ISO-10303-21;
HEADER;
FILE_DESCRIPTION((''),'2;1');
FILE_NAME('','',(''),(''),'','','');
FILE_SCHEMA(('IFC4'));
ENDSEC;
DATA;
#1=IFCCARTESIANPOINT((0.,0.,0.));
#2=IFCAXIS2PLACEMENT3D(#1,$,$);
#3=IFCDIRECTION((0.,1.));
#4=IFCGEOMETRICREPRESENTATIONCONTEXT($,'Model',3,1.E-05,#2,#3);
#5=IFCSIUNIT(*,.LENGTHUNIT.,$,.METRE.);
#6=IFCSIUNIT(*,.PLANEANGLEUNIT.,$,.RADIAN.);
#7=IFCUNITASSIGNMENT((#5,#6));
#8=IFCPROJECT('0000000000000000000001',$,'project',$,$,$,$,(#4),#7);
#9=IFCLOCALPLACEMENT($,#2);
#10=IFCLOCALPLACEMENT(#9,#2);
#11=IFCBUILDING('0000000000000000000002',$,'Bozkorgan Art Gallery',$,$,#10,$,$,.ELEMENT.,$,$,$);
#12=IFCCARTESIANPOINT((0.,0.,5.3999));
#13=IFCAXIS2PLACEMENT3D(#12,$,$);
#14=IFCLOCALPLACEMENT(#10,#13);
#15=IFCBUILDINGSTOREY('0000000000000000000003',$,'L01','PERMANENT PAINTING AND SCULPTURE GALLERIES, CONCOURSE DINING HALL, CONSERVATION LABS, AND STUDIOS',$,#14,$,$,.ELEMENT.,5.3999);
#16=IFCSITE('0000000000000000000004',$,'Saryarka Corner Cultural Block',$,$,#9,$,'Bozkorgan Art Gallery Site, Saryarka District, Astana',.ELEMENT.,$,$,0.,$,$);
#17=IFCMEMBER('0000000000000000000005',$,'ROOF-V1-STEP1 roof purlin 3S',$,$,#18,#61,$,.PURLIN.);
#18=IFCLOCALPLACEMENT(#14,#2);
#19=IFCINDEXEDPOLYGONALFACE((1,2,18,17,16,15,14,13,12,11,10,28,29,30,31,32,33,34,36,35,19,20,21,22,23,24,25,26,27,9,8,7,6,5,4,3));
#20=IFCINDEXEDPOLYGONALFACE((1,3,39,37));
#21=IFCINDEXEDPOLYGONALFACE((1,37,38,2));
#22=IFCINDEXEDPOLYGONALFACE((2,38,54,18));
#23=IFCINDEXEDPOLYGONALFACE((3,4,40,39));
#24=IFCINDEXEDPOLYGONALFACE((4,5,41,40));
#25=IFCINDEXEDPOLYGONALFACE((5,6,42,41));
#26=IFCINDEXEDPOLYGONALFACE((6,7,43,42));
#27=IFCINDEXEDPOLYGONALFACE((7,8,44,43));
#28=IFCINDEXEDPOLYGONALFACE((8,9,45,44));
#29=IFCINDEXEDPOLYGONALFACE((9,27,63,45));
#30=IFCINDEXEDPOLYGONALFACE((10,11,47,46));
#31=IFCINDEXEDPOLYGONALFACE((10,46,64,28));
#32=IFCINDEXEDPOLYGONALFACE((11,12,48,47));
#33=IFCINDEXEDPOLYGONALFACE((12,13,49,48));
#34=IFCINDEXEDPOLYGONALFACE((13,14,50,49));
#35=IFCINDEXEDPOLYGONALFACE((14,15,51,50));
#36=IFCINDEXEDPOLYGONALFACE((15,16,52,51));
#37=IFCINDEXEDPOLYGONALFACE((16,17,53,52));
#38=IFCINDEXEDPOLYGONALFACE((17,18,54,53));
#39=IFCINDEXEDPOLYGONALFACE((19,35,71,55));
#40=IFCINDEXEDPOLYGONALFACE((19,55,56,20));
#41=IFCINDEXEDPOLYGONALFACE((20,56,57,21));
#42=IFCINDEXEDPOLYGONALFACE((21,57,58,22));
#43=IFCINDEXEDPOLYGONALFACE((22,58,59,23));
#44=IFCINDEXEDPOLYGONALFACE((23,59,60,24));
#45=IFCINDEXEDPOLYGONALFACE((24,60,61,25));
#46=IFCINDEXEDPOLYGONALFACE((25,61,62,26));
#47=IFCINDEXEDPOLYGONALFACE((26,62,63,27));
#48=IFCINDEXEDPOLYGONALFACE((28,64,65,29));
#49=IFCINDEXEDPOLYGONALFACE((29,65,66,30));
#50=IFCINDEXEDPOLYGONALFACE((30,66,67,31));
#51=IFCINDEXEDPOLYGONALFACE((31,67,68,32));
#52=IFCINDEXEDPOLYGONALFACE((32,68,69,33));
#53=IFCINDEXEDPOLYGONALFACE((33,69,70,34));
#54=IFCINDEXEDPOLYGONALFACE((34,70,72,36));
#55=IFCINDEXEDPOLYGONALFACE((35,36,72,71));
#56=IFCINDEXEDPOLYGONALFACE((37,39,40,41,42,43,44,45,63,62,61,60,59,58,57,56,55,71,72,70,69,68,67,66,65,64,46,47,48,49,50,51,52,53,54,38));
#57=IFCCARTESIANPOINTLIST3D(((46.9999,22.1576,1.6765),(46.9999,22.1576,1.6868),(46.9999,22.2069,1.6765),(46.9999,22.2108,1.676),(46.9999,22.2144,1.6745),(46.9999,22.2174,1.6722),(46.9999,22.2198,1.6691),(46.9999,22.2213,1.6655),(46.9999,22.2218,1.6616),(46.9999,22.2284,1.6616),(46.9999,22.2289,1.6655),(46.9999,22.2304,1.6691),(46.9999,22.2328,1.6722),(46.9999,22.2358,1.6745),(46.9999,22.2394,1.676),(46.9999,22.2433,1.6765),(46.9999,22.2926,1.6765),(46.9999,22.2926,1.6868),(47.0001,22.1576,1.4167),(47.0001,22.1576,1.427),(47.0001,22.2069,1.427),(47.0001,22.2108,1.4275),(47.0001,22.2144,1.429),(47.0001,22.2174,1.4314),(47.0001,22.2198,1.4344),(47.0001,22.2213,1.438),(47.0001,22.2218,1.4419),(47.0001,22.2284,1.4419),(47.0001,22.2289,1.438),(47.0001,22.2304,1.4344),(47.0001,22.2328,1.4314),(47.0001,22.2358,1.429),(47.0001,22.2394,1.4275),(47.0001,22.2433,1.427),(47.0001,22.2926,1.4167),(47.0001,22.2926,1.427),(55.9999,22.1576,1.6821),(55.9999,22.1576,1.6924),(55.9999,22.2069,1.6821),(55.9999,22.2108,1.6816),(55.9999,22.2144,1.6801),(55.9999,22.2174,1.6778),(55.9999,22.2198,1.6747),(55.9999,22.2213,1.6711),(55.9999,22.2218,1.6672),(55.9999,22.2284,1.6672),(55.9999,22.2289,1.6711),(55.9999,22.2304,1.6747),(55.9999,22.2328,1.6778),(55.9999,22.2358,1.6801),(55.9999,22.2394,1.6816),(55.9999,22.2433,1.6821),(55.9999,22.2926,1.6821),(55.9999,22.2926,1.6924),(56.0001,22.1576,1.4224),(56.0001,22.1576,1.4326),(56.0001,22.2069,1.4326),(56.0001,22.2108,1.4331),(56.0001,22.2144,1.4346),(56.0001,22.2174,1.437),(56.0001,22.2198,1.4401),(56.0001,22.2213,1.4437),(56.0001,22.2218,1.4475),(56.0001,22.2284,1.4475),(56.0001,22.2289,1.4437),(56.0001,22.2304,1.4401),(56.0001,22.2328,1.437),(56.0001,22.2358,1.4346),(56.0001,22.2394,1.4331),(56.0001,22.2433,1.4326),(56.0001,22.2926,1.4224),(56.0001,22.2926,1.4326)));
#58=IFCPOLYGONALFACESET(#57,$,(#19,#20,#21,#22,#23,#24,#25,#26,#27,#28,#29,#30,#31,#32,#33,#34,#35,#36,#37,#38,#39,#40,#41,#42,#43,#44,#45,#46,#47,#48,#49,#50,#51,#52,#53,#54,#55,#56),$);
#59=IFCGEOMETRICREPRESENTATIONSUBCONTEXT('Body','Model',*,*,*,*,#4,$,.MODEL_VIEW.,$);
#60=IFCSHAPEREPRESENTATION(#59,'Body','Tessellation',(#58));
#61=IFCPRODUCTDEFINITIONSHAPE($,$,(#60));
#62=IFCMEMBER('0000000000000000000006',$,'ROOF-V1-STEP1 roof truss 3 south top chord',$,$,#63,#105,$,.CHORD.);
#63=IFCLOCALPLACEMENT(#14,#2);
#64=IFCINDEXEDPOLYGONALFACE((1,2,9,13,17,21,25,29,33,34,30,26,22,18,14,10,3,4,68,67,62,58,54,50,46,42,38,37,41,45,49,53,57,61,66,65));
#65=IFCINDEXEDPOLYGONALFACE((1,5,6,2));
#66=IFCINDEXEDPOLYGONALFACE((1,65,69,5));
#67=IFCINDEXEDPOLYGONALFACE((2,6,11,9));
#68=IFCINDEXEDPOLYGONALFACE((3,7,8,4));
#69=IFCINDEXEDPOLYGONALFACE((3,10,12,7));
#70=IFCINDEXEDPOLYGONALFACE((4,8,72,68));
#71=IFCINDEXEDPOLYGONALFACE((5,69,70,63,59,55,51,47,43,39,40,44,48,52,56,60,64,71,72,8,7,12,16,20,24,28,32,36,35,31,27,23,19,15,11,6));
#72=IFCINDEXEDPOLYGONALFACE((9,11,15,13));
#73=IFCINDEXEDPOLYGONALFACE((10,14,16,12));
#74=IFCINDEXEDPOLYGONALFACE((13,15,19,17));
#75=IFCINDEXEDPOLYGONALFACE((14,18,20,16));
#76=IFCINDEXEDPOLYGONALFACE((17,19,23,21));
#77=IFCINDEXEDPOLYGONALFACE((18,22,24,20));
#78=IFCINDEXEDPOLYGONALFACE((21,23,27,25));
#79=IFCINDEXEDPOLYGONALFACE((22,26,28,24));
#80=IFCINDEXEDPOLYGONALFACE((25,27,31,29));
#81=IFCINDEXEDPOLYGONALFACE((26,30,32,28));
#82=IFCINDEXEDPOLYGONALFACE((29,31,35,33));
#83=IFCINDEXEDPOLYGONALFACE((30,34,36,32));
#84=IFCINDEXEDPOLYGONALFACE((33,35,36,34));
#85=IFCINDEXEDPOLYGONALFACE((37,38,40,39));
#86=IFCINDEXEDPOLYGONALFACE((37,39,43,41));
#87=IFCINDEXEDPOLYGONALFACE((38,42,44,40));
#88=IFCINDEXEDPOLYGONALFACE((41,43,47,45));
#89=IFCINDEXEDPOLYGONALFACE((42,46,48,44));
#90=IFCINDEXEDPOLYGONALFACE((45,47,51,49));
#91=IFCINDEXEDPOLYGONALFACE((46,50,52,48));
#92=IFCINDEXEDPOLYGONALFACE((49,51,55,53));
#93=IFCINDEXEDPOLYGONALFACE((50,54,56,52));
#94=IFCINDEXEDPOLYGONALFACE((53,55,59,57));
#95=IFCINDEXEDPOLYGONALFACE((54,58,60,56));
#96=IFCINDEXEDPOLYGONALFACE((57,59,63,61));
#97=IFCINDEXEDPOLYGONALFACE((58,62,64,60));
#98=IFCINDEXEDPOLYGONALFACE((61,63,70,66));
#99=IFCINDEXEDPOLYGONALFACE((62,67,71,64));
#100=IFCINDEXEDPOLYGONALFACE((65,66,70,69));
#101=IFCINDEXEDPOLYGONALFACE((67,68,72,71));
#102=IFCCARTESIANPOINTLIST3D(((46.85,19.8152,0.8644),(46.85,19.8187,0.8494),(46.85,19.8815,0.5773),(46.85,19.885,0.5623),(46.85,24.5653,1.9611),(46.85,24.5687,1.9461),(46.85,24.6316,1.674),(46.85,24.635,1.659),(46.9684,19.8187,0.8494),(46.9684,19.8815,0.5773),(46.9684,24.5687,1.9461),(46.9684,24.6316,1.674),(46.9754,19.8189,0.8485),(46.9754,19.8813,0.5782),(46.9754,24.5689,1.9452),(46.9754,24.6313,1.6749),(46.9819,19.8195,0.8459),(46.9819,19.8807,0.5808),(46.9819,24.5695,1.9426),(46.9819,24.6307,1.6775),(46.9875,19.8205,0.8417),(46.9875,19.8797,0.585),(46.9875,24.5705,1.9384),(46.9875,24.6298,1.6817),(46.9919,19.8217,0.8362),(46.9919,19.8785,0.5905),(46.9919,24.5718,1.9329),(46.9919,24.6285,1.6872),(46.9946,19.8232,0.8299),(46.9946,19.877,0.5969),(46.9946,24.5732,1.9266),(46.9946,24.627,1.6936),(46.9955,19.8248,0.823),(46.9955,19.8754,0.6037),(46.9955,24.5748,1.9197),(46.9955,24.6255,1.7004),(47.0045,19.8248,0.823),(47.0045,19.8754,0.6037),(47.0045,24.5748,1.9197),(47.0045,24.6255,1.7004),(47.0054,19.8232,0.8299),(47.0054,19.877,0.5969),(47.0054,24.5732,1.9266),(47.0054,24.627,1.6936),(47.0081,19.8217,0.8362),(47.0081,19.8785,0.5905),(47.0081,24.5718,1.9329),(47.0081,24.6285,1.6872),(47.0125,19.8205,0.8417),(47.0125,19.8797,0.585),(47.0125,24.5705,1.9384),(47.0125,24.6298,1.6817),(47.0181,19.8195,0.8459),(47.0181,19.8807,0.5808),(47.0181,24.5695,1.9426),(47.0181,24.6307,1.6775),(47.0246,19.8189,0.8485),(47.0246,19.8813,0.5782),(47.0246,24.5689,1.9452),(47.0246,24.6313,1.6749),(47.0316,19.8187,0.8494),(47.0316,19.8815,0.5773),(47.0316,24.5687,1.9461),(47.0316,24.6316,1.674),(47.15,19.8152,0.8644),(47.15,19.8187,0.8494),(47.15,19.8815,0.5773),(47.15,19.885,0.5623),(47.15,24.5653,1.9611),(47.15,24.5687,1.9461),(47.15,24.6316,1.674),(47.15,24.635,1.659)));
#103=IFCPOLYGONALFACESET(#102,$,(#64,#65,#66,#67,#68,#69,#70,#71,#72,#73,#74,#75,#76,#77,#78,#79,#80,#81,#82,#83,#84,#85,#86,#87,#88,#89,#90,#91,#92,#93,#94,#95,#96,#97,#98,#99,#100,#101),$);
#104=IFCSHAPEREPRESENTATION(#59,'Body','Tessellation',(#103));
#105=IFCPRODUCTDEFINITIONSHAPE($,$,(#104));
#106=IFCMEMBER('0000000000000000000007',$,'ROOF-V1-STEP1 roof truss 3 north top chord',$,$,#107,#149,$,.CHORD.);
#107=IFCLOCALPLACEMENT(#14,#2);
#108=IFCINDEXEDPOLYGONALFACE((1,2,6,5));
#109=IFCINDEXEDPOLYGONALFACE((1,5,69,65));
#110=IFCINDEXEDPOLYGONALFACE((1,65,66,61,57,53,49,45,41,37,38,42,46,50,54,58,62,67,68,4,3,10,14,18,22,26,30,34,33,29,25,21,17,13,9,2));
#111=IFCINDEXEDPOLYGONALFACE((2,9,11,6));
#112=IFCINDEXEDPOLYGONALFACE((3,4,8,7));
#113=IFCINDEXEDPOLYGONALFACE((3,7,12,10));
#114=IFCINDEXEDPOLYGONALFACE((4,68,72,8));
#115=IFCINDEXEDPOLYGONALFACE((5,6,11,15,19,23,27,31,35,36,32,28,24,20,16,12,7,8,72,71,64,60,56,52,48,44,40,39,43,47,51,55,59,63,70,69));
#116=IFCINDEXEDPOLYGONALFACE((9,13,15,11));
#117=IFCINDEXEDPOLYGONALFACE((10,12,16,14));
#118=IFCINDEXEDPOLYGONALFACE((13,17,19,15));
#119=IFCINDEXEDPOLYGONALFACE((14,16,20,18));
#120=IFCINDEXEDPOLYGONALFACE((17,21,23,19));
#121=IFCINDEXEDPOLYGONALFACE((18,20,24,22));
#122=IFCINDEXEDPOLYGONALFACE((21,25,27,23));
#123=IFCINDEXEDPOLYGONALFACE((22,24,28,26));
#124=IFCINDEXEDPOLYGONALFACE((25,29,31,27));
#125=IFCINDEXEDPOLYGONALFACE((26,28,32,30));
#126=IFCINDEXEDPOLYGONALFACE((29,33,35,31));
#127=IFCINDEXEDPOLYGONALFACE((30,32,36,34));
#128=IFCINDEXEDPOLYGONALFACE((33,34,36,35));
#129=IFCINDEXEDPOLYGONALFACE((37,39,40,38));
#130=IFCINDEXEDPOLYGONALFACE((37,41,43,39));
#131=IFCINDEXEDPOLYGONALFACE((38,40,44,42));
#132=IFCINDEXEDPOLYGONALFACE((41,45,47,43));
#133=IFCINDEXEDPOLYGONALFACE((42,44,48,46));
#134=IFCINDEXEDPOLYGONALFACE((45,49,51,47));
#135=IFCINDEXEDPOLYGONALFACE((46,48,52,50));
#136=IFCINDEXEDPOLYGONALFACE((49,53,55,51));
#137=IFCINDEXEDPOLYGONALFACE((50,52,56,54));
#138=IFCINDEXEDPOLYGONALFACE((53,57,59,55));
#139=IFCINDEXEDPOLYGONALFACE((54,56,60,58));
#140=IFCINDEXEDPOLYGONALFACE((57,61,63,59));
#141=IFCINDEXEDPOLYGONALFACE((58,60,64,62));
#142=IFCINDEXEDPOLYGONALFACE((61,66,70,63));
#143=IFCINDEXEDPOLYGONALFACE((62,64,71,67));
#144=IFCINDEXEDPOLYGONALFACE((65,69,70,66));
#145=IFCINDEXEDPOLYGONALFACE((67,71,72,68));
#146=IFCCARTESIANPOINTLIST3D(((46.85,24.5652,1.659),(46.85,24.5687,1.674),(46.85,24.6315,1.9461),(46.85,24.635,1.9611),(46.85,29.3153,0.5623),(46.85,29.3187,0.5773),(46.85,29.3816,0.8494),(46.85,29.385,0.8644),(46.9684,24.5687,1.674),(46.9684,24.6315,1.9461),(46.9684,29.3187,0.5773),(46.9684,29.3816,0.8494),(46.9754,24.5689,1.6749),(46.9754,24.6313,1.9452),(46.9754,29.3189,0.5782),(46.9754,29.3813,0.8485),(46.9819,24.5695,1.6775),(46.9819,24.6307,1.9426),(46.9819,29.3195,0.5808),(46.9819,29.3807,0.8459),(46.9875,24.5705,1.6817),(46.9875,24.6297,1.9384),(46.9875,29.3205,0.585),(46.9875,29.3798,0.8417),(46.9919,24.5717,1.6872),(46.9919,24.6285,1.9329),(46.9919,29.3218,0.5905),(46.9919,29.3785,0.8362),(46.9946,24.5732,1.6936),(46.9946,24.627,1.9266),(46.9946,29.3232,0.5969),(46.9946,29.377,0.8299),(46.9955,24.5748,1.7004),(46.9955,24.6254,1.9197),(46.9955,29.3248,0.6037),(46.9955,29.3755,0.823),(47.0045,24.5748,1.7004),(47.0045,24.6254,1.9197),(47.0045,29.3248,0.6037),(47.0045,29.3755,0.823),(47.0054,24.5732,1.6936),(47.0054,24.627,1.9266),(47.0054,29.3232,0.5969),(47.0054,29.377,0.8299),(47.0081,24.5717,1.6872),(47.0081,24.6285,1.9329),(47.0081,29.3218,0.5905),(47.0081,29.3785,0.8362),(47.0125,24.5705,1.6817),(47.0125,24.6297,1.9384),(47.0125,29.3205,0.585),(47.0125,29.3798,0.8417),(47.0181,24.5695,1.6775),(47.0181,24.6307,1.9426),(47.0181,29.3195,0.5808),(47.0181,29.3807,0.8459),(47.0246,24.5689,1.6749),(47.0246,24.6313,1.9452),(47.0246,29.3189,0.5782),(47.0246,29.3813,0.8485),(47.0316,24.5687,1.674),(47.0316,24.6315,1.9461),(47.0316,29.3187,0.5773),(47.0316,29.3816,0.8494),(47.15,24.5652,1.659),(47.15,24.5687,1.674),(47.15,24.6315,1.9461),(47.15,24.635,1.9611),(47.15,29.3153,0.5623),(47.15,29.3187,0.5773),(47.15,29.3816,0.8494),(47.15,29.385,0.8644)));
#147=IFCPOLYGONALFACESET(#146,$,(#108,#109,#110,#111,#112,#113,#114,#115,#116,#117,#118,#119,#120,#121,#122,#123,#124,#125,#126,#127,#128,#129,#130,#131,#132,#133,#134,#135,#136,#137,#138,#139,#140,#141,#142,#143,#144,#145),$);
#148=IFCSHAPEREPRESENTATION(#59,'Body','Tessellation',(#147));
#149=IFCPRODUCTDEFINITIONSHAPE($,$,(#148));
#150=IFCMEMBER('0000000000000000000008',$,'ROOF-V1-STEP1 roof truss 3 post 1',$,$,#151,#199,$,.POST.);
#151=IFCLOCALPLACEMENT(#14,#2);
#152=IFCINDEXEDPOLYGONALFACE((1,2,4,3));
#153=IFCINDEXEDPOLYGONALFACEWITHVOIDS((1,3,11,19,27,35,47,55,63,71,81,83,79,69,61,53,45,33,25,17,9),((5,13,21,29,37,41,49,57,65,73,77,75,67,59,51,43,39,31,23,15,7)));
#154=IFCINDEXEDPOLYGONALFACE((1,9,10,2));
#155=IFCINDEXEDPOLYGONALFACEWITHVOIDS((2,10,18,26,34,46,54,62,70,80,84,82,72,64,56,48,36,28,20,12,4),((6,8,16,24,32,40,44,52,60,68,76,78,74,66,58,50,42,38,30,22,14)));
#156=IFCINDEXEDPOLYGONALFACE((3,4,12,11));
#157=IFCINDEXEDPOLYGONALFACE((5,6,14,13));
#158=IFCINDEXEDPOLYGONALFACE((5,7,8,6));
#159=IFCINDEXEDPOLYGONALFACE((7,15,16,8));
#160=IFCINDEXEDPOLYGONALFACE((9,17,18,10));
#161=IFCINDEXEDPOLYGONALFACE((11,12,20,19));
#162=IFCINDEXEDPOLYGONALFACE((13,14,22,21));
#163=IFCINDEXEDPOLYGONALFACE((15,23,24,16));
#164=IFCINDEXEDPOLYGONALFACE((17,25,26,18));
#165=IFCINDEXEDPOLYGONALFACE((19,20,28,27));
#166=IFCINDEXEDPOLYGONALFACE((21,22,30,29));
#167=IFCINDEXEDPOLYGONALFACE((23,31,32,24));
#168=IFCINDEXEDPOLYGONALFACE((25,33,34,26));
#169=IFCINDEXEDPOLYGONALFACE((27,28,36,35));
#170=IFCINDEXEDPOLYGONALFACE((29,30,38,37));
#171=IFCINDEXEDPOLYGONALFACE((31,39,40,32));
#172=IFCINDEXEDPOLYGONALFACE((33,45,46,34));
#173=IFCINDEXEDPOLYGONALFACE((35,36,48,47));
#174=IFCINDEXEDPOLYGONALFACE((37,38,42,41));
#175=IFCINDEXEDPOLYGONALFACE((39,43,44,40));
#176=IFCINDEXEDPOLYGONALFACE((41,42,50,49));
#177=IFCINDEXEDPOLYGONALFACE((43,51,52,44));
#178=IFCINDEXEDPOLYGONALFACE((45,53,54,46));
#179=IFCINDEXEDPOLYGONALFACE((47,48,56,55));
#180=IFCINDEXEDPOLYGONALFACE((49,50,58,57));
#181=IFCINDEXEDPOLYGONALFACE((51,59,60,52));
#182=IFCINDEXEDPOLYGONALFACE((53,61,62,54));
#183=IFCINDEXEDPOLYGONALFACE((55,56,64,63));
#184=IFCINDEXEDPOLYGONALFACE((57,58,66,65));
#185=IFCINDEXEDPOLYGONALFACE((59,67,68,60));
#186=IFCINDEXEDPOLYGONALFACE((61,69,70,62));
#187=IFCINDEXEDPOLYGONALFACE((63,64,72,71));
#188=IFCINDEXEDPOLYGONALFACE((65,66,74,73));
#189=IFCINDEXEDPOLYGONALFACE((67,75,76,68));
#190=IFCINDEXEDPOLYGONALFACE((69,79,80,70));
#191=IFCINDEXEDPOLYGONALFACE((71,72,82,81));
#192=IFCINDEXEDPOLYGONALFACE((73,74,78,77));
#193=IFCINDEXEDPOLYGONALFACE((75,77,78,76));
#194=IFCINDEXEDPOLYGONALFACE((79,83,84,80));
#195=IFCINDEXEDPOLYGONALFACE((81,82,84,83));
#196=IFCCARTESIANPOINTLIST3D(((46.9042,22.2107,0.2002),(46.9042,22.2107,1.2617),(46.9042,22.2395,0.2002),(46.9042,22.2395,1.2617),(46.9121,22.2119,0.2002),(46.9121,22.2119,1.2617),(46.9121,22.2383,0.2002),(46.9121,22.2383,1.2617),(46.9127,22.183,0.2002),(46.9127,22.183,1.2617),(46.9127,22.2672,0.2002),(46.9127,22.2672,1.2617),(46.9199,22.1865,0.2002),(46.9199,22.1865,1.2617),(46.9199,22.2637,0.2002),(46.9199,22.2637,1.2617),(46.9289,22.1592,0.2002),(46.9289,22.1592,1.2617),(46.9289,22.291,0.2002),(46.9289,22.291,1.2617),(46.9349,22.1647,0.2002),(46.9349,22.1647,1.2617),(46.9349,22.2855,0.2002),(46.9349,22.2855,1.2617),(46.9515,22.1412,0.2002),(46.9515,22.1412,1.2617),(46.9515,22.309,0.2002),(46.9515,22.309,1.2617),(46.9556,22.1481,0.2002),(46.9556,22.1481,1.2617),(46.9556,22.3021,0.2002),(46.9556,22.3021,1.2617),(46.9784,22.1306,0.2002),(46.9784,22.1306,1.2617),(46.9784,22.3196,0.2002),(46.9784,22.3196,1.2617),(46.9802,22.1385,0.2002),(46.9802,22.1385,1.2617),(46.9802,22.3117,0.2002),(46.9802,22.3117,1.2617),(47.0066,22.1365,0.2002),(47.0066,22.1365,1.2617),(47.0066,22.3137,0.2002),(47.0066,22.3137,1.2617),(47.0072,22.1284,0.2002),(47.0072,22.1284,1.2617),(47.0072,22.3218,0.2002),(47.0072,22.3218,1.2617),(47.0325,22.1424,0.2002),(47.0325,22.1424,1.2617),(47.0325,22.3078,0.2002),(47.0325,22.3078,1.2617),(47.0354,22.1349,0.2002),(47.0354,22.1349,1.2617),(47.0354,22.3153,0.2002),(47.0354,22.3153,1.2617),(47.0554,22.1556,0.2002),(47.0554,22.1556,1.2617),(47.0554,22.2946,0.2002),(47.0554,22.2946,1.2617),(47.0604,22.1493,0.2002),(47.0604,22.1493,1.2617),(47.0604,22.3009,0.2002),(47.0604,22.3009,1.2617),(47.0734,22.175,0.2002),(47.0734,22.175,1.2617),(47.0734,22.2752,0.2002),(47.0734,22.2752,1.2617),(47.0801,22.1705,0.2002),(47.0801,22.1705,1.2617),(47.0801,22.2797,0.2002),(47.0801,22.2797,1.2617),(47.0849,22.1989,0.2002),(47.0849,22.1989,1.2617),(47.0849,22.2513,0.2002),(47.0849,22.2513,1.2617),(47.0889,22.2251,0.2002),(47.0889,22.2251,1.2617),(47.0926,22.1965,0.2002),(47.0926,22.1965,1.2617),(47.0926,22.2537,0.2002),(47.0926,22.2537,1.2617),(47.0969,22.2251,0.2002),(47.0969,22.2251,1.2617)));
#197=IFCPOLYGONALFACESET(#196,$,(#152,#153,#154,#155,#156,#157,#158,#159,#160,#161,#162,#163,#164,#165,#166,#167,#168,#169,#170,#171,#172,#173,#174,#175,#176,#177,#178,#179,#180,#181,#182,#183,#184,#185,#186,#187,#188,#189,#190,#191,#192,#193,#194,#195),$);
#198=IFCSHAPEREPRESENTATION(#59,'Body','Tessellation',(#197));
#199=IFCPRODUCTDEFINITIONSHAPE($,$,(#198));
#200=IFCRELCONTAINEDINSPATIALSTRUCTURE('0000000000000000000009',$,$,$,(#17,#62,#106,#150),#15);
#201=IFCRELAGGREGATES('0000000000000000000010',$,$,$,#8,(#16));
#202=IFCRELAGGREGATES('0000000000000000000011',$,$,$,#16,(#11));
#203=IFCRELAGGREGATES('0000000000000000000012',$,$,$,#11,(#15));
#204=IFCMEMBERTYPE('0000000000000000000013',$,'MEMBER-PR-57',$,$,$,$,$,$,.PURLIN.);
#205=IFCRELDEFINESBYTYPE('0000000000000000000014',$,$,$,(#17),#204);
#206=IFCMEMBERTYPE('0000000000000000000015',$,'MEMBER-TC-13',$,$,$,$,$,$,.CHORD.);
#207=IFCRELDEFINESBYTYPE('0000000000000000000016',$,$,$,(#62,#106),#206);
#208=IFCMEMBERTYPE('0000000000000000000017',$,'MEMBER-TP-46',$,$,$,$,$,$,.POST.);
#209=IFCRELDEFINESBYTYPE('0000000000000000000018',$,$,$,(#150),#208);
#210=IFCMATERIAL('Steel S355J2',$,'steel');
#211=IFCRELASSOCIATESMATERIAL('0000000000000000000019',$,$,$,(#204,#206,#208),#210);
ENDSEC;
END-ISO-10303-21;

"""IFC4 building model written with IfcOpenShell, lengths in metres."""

from ifc_helpers import new_model, si_unit, direction, frame, origin, origin_2d, place, context, subcontext, project, spatial, hollow_circle, i_section, extrude, material, material_profile, profile_set, type_object, element, save


model = new_model("IFC4")

# Units and contexts
model_context = context("Model", 3, precision=1e-05, world=origin(), true_north=direction((0.0, 1.0)))
body_context = subcontext(model_context, "Body", "Model", "MODEL_VIEW")
ifc_project = project(units=[si_unit("LENGTHUNIT", "METRE"), si_unit("PLANEANGLEUNIT", "RADIAN")], contexts=[model_context])

# Site, building, storey
site_placement = place(None, origin())
site = spatial("IfcSite", under=ifc_project, at=site_placement, Name="Saryarka Corner Cultural Block", LongName="Bozkorgan Art Gallery Site, Saryarka District, Astana", CompositionType="ELEMENT", RefElevation=0.0)
building_placement = place(site_placement, origin())
building = spatial("IfcBuilding", under=site, at=building_placement, Name="Bozkorgan Art Gallery", CompositionType="ELEMENT")
storey_placement = place(building_placement, frame((0.0, 0.0, 5.3999)))
storey = spatial("IfcBuildingStorey", under=building, at=storey_placement, Name="L01", Description="PERMANENT PAINTING AND SCULPTURE GALLERIES, CONCOURSE DINING HALL, CONSERVATION LABS, AND STUDIOS", CompositionType="ELEMENT", Elevation=5.3999)

# Members
ifc_material_1 = material(Name="Steel S355J2", Category="steel")
ifc_material_profile_1 = material_profile(ifc_material_1, i_section(OverallWidth=0.135, OverallDepth=0.27, WebThickness=0.0066, FlangeThickness=0.0103, FilletRadius=0.0149, at=origin_2d()), Name="IPE 270")
ifc_profile_set_1 = profile_set([ifc_material_profile_1], Name="Steel S355J2")
member_type_1 = type_object("IfcMemberType", Name="MEMBER-PR-57", PredefinedType="PURLIN", material=ifc_profile_set_1)
member_1_placement = place(storey_placement, frame((47.0, 22.2251, 1.5518), z_axis=(1.0, 0.0, 0.000624), x_axis=(0.0, 1.0, 0.0)))
element("IfcMember", 1, at=member_1_placement, inside=storey, type_object=member_type_1, Name="ROOF-V1-STEP1 roof purlin 3S", PredefinedType="PURLIN", context=body_context, shape_type="SweptSolid", body=[
    extrude(i_section(OverallWidth=0.135, OverallDepth=0.27, WebThickness=0.0066, FlangeThickness=0.0103, FilletRadius=0.0149, at=origin_2d()), origin(), (0.0, 0.0, 1.0), 9.0),
])
ifc_material_profile_2 = material_profile(ifc_material_1, i_section(OverallWidth=0.3, OverallDepth=0.3101, WebThickness=0.009, FlangeThickness=0.0154, FilletRadius=0.0271, at=origin_2d()), Name="HEA 320")
ifc_profile_set_2 = profile_set([ifc_material_profile_2], Name="Steel S355J2")
member_type_2 = type_object("IfcMemberType", Name="MEMBER-TC-13", PredefinedType="CHORD", material=ifc_profile_set_2)
for number, where, z_axis, x_axis, name in (
    (2, (47.0, 19.8501, 0.7134), (0.0, 0.974368, 0.224962), (-1.0, 0.0, 0.0), "ROOF-V1-STEP1 roof truss 3 south top chord"),
    (3, (47.0, 24.6001, 1.8101), (0.0, 0.974368, -0.224962), (-1.0, 0.0, 0.0), "ROOF-V1-STEP1 roof truss 3 north top chord"),
):
    element("IfcMember", number, at=place(storey_placement, frame(where, z_axis=z_axis, x_axis=x_axis)), inside=storey, type_object=member_type_2, Name=name, PredefinedType="CHORD", context=body_context, shape_type="SweptSolid", body=[
        extrude(i_section(OverallWidth=0.3, OverallDepth=0.3101, WebThickness=0.009, FlangeThickness=0.0154, FilletRadius=0.0271, at=origin_2d()), origin(), (0.0, 0.0, 1.0), 4.875),
    ])
ifc_material_profile_3 = material_profile(ifc_material_1, hollow_circle(Radius=0.0969, WallThickness=0.0081, at=origin_2d()), Name="CHS 193.7x8")
ifc_profile_set_3 = profile_set([ifc_material_profile_3], Name="Steel S355J2")
member_type_3 = type_object("IfcMemberType", Name="MEMBER-TP-46", PredefinedType="POST", material=ifc_profile_set_3)
member_2_placement = place(storey_placement, frame((47.0, 22.2251, 0.2002), z_axis=(0.0, 0.0, 1.0), x_axis=(1.0, 0.0, 0.0)))
element("IfcMember", 4, at=member_2_placement, inside=storey, type_object=member_type_3, Name="ROOF-V1-STEP1 roof truss 3 post 1", PredefinedType="POST", context=body_context, shape_type="SweptSolid", body=[
    extrude(hollow_circle(Radius=0.0969, WallThickness=0.0081, at=origin_2d()), origin(), (0.0, 0.0, 1.0), 1.0615),
])

save(model, "model.ifc")
